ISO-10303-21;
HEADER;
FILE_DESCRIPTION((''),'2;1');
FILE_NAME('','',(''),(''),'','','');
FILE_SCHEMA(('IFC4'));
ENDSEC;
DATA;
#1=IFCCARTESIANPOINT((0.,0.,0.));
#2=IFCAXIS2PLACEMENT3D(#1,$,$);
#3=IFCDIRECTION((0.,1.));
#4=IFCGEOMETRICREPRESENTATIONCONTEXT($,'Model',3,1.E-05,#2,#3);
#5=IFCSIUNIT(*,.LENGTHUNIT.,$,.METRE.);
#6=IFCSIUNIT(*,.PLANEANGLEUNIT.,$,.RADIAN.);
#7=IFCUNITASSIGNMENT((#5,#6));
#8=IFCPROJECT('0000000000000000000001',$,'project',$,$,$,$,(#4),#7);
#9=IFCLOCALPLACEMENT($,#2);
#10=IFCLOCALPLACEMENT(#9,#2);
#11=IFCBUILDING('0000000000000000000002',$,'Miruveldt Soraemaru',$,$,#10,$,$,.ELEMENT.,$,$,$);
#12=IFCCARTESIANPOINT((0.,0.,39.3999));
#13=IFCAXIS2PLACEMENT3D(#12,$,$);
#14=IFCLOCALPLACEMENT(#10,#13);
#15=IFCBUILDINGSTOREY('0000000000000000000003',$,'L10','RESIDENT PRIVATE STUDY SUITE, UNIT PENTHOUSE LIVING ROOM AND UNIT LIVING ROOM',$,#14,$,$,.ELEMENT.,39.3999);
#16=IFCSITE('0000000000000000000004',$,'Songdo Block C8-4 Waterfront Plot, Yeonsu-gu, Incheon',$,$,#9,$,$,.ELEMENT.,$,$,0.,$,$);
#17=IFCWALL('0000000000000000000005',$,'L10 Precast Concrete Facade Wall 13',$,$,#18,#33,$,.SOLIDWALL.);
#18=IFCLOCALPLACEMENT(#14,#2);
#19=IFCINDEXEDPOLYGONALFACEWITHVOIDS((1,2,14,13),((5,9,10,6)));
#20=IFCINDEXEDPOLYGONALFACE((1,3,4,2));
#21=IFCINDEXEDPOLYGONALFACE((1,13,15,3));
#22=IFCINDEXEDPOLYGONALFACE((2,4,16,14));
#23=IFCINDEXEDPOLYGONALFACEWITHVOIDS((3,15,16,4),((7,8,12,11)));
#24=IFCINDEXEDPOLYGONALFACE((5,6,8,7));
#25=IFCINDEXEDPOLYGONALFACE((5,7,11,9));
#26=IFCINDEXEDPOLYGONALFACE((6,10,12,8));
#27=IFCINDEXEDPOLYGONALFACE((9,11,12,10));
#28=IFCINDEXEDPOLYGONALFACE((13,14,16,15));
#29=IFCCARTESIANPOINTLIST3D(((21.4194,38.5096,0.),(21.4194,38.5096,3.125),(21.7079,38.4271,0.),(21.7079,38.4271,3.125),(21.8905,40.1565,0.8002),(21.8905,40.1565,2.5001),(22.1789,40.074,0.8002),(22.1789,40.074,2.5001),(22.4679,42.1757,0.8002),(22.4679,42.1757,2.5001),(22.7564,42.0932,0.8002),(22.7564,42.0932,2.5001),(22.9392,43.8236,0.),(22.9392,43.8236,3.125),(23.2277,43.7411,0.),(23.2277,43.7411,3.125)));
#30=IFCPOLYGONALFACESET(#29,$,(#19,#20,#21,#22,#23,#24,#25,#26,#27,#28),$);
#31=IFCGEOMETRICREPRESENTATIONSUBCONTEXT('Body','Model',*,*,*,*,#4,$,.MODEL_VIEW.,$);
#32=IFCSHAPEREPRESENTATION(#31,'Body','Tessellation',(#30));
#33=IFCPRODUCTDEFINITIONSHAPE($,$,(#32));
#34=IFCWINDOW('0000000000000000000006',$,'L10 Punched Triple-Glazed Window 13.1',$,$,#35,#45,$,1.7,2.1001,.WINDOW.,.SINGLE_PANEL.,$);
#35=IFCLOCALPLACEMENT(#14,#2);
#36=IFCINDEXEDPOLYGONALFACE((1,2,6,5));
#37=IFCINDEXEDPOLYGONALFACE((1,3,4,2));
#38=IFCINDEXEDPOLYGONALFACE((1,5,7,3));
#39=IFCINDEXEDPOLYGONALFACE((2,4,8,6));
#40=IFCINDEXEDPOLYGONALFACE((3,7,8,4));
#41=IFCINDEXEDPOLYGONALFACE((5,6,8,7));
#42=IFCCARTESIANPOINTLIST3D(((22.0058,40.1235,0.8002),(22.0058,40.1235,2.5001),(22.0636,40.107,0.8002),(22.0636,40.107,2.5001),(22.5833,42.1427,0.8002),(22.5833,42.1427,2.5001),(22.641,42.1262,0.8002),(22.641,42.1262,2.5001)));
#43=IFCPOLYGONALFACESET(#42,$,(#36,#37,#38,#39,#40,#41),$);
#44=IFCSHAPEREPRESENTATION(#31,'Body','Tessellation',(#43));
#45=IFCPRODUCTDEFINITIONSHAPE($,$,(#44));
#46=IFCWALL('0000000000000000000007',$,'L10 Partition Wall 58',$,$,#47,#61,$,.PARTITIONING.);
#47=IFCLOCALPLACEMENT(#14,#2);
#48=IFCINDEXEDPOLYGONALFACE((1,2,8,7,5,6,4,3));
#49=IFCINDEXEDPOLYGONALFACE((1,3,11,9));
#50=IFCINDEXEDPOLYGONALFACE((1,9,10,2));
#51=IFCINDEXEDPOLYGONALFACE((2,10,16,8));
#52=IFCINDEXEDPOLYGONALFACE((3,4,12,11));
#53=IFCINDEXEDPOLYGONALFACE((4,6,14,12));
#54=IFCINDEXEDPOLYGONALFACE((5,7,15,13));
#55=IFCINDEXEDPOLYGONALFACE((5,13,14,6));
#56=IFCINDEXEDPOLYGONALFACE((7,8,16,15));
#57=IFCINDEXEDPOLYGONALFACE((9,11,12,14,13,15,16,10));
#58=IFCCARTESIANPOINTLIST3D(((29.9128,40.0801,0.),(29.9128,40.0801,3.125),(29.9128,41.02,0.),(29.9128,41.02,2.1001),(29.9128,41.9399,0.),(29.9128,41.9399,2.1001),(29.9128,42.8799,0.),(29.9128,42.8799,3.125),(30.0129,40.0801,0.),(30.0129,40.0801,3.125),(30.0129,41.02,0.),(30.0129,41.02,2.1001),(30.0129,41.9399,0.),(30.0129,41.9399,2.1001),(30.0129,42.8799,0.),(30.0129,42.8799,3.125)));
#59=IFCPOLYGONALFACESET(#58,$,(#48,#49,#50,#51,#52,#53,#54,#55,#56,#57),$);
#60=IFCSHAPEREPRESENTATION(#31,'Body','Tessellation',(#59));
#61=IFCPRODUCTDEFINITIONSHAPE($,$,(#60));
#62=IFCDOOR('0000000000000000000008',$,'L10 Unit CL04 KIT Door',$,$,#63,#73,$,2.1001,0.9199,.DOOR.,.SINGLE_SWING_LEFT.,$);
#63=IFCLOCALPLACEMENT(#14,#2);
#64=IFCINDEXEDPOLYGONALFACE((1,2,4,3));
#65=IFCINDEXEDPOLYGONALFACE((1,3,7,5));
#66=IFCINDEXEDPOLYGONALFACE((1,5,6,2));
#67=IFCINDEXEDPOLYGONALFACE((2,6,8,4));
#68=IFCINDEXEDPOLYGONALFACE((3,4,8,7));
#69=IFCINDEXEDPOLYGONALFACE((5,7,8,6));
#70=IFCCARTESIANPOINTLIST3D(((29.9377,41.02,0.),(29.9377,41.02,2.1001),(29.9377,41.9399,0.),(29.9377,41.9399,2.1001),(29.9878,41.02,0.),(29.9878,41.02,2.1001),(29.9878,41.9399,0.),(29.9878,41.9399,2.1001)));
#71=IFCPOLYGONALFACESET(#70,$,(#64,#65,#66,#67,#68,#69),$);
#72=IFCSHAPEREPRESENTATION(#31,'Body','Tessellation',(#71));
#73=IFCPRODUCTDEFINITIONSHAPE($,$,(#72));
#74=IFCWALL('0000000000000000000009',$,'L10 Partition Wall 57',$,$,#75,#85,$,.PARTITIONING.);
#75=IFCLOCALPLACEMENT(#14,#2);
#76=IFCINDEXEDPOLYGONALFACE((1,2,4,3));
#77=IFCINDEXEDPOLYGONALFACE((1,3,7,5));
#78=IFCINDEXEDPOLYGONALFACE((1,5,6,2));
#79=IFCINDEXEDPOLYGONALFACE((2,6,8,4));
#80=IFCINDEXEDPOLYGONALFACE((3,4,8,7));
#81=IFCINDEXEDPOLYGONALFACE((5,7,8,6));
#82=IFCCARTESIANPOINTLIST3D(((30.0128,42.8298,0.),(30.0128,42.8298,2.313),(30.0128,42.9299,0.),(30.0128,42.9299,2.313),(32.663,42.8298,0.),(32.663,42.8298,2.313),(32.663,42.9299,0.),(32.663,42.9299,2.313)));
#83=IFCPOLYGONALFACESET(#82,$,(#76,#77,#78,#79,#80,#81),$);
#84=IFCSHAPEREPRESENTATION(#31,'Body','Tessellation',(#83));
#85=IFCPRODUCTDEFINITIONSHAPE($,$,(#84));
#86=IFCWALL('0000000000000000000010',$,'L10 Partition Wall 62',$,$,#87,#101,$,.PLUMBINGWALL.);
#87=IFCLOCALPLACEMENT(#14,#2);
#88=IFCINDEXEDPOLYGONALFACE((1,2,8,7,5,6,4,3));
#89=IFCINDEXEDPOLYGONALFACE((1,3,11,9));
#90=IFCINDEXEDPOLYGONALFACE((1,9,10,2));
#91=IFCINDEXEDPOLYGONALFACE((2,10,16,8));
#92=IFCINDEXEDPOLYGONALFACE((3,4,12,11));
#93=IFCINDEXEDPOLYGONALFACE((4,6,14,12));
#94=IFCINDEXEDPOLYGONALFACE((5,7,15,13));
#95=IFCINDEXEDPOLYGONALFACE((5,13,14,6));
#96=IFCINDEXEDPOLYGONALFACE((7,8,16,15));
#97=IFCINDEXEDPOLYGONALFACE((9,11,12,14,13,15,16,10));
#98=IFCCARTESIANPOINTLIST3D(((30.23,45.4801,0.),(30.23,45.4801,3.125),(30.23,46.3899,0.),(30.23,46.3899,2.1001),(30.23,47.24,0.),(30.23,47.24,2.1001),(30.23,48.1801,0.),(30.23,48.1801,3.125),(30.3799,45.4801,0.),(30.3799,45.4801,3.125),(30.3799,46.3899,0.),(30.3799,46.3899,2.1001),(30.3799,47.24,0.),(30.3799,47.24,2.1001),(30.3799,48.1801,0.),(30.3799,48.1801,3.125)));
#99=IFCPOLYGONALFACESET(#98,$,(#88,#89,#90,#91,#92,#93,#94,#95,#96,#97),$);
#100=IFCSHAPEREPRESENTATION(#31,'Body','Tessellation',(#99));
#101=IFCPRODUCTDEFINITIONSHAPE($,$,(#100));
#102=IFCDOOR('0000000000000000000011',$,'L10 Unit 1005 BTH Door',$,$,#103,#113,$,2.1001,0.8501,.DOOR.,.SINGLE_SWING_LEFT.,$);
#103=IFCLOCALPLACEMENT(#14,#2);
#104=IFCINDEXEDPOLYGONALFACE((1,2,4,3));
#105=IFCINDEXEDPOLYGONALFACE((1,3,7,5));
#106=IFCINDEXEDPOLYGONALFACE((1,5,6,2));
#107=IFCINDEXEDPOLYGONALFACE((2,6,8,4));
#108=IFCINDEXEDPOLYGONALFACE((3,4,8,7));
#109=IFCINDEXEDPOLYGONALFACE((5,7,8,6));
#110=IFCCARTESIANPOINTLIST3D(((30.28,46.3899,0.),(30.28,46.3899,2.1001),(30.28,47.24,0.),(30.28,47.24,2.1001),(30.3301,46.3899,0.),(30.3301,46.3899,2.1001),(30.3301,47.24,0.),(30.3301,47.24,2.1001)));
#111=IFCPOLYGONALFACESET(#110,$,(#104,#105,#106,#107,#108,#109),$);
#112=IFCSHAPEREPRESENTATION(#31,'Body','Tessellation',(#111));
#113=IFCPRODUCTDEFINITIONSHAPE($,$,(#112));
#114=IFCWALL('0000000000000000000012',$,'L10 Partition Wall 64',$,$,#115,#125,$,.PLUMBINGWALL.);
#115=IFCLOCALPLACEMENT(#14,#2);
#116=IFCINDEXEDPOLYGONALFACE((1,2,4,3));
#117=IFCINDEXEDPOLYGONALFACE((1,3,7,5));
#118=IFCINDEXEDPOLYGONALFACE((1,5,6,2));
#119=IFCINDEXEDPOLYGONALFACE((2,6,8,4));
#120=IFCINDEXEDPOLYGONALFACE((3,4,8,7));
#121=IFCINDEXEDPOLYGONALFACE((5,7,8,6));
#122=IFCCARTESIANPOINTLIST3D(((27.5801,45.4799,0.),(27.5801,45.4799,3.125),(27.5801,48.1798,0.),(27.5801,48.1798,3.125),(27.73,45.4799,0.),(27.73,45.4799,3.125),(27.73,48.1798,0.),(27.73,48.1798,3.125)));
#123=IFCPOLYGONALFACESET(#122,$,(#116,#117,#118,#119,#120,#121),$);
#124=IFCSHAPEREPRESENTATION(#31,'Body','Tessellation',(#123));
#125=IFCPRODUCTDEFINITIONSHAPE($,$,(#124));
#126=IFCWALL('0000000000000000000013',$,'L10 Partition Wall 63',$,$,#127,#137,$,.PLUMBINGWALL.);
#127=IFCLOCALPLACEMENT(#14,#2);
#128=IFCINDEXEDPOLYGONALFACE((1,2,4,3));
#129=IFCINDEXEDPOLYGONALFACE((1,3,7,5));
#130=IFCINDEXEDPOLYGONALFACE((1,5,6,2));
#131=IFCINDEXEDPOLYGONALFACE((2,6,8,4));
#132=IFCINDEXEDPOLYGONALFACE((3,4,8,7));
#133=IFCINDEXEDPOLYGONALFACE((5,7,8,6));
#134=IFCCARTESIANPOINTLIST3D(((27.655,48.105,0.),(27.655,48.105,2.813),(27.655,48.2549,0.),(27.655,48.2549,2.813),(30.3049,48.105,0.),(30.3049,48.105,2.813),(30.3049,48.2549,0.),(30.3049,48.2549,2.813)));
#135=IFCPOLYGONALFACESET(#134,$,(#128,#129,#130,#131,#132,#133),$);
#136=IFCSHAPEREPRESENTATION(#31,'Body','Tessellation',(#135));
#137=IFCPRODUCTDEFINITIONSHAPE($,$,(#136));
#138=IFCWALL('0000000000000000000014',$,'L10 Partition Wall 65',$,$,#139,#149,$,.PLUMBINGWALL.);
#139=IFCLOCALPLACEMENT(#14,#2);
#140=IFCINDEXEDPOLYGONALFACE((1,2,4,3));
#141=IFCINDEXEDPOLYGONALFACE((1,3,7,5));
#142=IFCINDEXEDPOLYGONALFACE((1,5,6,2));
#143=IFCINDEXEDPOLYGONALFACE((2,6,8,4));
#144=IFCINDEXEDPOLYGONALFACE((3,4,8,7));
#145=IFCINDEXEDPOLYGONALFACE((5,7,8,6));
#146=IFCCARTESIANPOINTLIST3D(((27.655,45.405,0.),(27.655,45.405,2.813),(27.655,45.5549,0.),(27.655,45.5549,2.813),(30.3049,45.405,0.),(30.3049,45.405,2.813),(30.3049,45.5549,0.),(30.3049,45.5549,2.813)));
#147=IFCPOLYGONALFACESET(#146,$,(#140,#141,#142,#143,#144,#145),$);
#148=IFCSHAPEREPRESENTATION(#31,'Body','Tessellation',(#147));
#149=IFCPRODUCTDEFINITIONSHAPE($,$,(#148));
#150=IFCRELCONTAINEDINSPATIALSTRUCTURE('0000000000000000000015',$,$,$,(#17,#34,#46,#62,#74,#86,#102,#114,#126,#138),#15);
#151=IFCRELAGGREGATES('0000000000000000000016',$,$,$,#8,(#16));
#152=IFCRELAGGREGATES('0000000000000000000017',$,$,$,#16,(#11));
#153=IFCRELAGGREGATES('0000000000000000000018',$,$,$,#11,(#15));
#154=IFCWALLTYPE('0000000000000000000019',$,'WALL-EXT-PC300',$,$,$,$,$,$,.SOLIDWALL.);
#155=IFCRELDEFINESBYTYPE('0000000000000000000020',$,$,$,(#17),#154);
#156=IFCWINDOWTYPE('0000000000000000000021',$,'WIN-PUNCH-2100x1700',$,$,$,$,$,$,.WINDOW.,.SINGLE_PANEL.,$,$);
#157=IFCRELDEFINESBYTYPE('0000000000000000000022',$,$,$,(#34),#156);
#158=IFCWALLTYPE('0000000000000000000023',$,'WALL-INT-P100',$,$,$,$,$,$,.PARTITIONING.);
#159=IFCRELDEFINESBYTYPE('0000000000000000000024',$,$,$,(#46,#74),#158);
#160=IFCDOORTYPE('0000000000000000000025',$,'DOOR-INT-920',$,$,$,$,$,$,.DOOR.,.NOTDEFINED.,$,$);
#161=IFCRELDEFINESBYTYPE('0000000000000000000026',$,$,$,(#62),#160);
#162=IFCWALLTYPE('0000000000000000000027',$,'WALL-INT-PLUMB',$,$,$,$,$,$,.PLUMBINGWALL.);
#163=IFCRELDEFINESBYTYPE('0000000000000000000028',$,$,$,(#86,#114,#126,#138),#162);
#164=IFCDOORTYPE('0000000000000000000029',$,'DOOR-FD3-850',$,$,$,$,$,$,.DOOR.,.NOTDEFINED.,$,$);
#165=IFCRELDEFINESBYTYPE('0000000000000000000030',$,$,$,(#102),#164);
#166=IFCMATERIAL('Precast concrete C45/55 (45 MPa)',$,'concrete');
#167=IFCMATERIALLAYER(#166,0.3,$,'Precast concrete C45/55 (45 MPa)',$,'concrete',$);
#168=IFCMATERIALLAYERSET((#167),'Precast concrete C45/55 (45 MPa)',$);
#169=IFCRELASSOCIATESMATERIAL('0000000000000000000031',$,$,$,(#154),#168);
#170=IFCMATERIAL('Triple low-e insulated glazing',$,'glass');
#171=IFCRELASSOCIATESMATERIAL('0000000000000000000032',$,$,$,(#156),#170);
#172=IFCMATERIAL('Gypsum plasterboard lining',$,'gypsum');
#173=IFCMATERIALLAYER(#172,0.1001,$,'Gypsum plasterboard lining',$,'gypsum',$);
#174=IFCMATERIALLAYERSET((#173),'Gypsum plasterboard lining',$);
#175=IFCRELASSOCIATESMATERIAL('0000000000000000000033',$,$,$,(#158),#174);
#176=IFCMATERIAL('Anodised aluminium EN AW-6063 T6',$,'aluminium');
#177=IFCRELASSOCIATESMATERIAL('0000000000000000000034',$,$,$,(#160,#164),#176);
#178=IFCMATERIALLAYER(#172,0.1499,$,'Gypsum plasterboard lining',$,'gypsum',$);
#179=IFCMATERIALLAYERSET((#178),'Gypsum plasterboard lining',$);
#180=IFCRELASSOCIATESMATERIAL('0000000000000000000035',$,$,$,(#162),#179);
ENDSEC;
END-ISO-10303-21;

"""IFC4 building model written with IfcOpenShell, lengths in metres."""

from ifc_helpers import new_model, si_unit, direction, frame, frame_2d, origin, place, context, subcontext, project, spatial, rectangle, extrude, material, layer, layer_set, type_object, element, fill, save


model = new_model("IFC4")

# Units and contexts
model_context = context("Model", 3, precision=1e-05, world=origin(), true_north=direction((0.0, 1.0)))
body_context = subcontext(model_context, "Body", "Model", "MODEL_VIEW")
ifc_project = project(units=[si_unit("LENGTHUNIT", "METRE"), si_unit("PLANEANGLEUNIT", "RADIAN")], contexts=[model_context])

# Site, building, storey
site_placement = place(None, origin())
site = spatial("IfcSite", under=ifc_project, at=site_placement, Name="Songdo Block C8-4 Waterfront Plot, Yeonsu-gu, Incheon", CompositionType="ELEMENT", RefElevation=0.0)
building_placement = place(site_placement, origin())
building = spatial("IfcBuilding", under=site, at=building_placement, Name="Miruveldt Soraemaru", CompositionType="ELEMENT")
storey_placement = place(building_placement, frame((0.0, 0.0, 39.3999)))
storey = spatial("IfcBuildingStorey", under=building, at=storey_placement, Name="L10", Description="RESIDENT PRIVATE STUDY SUITE, UNIT PENTHOUSE LIVING ROOM AND UNIT LIVING ROOM", CompositionType="ELEMENT", Elevation=39.3999)

# Wall, opening, window
ifc_material_1 = material(Name="Precast concrete C45/55 (45 MPa)", Category="concrete")
ifc_layer_1 = layer(ifc_material_1, 0.3, Name="Precast concrete C45/55 (45 MPa)", Category="concrete")
ifc_layer_set_1 = layer_set([ifc_layer_1], Name="Precast concrete C45/55 (45 MPa)")
wall_type_1 = type_object("IfcWallType", Name="WALL-EXT-PC300", PredefinedType="SOLIDWALL", material=ifc_layer_set_1)
ifc_material_2 = material(Name="Triple low-e insulated glazing", Category="glass")
window_type_1 = type_object("IfcWindowType", Name="WIN-PUNCH-2100x1700", PartitioningType="SINGLE_PANEL", PredefinedType="WINDOW", material=ifc_material_2)
wall_1_placement = place(storey_placement, frame((23.0835, 43.7825, 0.0), z_axis=(0.0, 0.0, 1.0), x_axis=(-0.274972, -0.961452, 0.0)))
wall_1 = element("IfcWall", 1, at=wall_1_placement, inside=storey, type_object=wall_type_1, Name="L10 Precast Concrete Facade Wall 13", PredefinedType="SOLIDWALL", context=body_context, shape_type="SweptSolid", body=[
    extrude(rectangle(XDim=5.5271, YDim=0.3, at=frame_2d((2.7637, 0.0))), origin(), (0.0, 0.0, 1.0), 3.125),
])
opening_1_placement = place(wall_1_placement, frame((1.7141, 0.0, 0.8)))
opening_1 = element("IfcOpeningElement", 2, at=opening_1_placement, cuts=wall_1, PredefinedType="OPENING", context=body_context, shape_type="SweptSolid", body=[
    extrude(rectangle(XDim=2.1001, YDim=1.7, at=frame_2d((1.05, 0.8501))), frame((0.0, 0.1602, 0.0), z_axis=(0.0, -1.0, 0.0), x_axis=(1.0, 0.0, 0.0)), (0.0, 0.0, 1.0), 0.3201),
])
window_1_placement = place(opening_1_placement, origin())
window_1 = element("IfcWindow", 3, at=window_1_placement, inside=storey, type_object=window_type_1, Name="L10 Punched Triple-Glazed Window 13.1", OverallHeight=1.7, OverallWidth=2.1001, PartitioningType="SINGLE_PANEL", PredefinedType="WINDOW", context=body_context, shape_type="SweptSolid", body=[
    extrude(rectangle(XDim=2.1001, YDim=1.7, at=frame_2d((1.05, 0.8501))), frame((0.0, 0.03, 0.0), z_axis=(0.0, -1.0, 0.0), x_axis=(1.0, 0.0, 0.0)), (0.0, 0.0, 1.0), 0.0601),
])
fill(opening_1, window_1)

# Wall, opening, door
ifc_material_3 = material(Name="Gypsum plasterboard lining", Category="gypsum")
ifc_layer_2 = layer(ifc_material_3, 0.1001, Name="Gypsum plasterboard lining", Category="gypsum")
ifc_layer_set_2 = layer_set([ifc_layer_2], Name="Gypsum plasterboard lining")
wall_type_2 = type_object("IfcWallType", Name="WALL-INT-P100", PredefinedType="PARTITIONING", material=ifc_layer_set_2)
wall_2_placement = place(storey_placement, frame((29.9629, 42.8799, 0.0), z_axis=(0.0, 0.0, 1.0), x_axis=(0.0, -1.0, 0.0)))
wall_2 = element("IfcWall", 4, at=wall_2_placement, inside=storey, type_object=wall_type_2, Name="L10 Partition Wall 58", PredefinedType="PARTITIONING", context=body_context, shape_type="SweptSolid", body=[
    extrude(rectangle(XDim=2.7998, YDim=0.1001, at=frame_2d((1.3999, 0.0))), origin(), (0.0, 0.0, 1.0), 3.125),
])
opening_2_placement = place(wall_2_placement, frame((0.9399, 0.0, 0.0)))
opening_2 = element("IfcOpeningElement", 5, at=opening_2_placement, cuts=wall_2, PredefinedType="OPENING", context=body_context, shape_type="SweptSolid", body=[
    extrude(rectangle(XDim=0.9199, YDim=2.1001, at=frame_2d((0.46, 1.05))), frame((0.0, 0.0601, 0.0), z_axis=(0.0, -1.0, 0.0), x_axis=(1.0, 0.0, 0.0)), (0.0, 0.0, 1.0), 0.1201),
])
ifc_material_4 = material(Name="Anodised aluminium EN AW-6063 T6", Category="aluminium")
door_type_1 = type_object("IfcDoorType", Name="DOOR-INT-920", OperationType="NOTDEFINED", PredefinedType="DOOR", material=ifc_material_4)
door_1_placement = place(opening_2_placement, origin())
door_1 = element("IfcDoor", 6, at=door_1_placement, inside=storey, type_object=door_type_1, Name="L10 Unit CL04 KIT Door", OperationType="SINGLE_SWING_LEFT", OverallHeight=2.1001, OverallWidth=0.9199, PredefinedType="DOOR", context=body_context, shape_type="SweptSolid", body=[
    extrude(rectangle(XDim=0.9199, YDim=2.1001, at=frame_2d((0.46, 1.05))), frame((0.0, 0.0249, 0.0), z_axis=(0.0, -1.0, 0.0), x_axis=(1.0, 0.0, 0.0)), (0.0, 0.0, 1.0), 0.05),
])
fill(opening_2, door_1)

# Wall
wall_3_placement = place(storey_placement, frame((32.6631, 42.8799, 0.0), z_axis=(0.0, 0.0, 1.0), x_axis=(-1.0, 0.0, 0.0)))
element("IfcWall", 7, at=wall_3_placement, inside=storey, type_object=wall_type_2, Name="L10 Partition Wall 57", PredefinedType="PARTITIONING", context=body_context, shape_type="SweptSolid", body=[
    extrude(rectangle(XDim=2.6501, YDim=0.1001, at=frame_2d((1.3252, 0.0))), origin(), (0.0, 0.0, 1.0), 2.313),
])

# Wall, opening, door
ifc_layer_3 = layer(ifc_material_3, 0.1499, Name="Gypsum plasterboard lining", Category="gypsum")
ifc_layer_set_3 = layer_set([ifc_layer_3], Name="Gypsum plasterboard lining")
wall_type_3 = type_object("IfcWallType", Name="WALL-INT-PLUMB", PredefinedType="PLUMBINGWALL", material=ifc_layer_set_3)
wall_4_placement = place(storey_placement, frame((30.3049, 45.48, 0.0), z_axis=(0.0, 0.0, 1.0), x_axis=(0.0, 1.0, 0.0)))
wall_4 = element("IfcWall", 8, at=wall_4_placement, inside=storey, type_object=wall_type_3, Name="L10 Partition Wall 62", PredefinedType="PLUMBINGWALL", context=body_context, shape_type="SweptSolid", body=[
    extrude(rectangle(XDim=2.7, YDim=0.1499, at=frame_2d((1.3501, 0.0))), origin(), (0.0, 0.0, 1.0), 3.125),
])
opening_3_placement = place(wall_4_placement, frame((0.9099, 0.0, 0.0)))
opening_3 = element("IfcOpeningElement", 9, at=opening_3_placement, cuts=wall_4, PredefinedType="OPENING", context=body_context, shape_type="SweptSolid", body=[
    extrude(rectangle(XDim=0.8501, YDim=2.1001, at=frame_2d((0.425, 1.05))), frame((0.0, 0.085, 0.0), z_axis=(0.0, -1.0, 0.0), x_axis=(1.0, 0.0, 0.0)), (0.0, 0.0, 1.0), 0.1699),
])
door_type_2 = type_object("IfcDoorType", Name="DOOR-FD3-850", OperationType="NOTDEFINED", PredefinedType="DOOR", material=ifc_material_4)
door_2_placement = place(opening_3_placement, origin())
door_2 = element("IfcDoor", 10, at=door_2_placement, inside=storey, type_object=door_type_2, Name="L10 Unit 1005 BTH Door", OperationType="SINGLE_SWING_LEFT", OverallHeight=2.1001, OverallWidth=0.8501, PredefinedType="DOOR", context=body_context, shape_type="SweptSolid", body=[
    extrude(rectangle(XDim=0.8501, YDim=2.1001, at=frame_2d((0.425, 1.05))), frame((0.0, 0.0249, 0.0), z_axis=(0.0, -1.0, 0.0), x_axis=(1.0, 0.0, 0.0)), (0.0, 0.0, 1.0), 0.05),
])
fill(opening_3, door_2)

# Walls
wall_5_placement = place(storey_placement, frame((27.655, 48.1799, 0.0), z_axis=(0.0, 0.0, 1.0), x_axis=(0.0, -1.0, 0.0)))
element("IfcWall", 11, at=wall_5_placement, inside=storey, type_object=wall_type_3, Name="L10 Partition Wall 64", PredefinedType="PLUMBINGWALL", context=body_context, shape_type="SweptSolid", body=[
    extrude(rectangle(XDim=2.7, YDim=0.1499, at=frame_2d((1.3501, 0.0))), origin(), (0.0, 0.0, 1.0), 3.125),
])
for number, where, z_axis, x_axis, name in (
    (12, (30.3049, 48.1799, 0.0), (0.0, 0.0, 1.0), (-1.0, 0.0, 0.0), "L10 Partition Wall 63"),
    (13, (27.655, 45.48, 0.0), (0.0, 0.0, 1.0), (1.0, 0.0, 0.0), "L10 Partition Wall 65"),
):
    element("IfcWall", number, at=place(storey_placement, frame(where, z_axis=z_axis, x_axis=x_axis)), inside=storey, type_object=wall_type_3, Name=name, PredefinedType="PLUMBINGWALL", context=body_context, shape_type="SweptSolid", body=[
        extrude(rectangle(XDim=2.6499, YDim=0.1499, at=frame_2d((1.325, 0.0))), origin(), (0.0, 0.0, 1.0), 2.813),
    ])

save(model, "model.ifc")
